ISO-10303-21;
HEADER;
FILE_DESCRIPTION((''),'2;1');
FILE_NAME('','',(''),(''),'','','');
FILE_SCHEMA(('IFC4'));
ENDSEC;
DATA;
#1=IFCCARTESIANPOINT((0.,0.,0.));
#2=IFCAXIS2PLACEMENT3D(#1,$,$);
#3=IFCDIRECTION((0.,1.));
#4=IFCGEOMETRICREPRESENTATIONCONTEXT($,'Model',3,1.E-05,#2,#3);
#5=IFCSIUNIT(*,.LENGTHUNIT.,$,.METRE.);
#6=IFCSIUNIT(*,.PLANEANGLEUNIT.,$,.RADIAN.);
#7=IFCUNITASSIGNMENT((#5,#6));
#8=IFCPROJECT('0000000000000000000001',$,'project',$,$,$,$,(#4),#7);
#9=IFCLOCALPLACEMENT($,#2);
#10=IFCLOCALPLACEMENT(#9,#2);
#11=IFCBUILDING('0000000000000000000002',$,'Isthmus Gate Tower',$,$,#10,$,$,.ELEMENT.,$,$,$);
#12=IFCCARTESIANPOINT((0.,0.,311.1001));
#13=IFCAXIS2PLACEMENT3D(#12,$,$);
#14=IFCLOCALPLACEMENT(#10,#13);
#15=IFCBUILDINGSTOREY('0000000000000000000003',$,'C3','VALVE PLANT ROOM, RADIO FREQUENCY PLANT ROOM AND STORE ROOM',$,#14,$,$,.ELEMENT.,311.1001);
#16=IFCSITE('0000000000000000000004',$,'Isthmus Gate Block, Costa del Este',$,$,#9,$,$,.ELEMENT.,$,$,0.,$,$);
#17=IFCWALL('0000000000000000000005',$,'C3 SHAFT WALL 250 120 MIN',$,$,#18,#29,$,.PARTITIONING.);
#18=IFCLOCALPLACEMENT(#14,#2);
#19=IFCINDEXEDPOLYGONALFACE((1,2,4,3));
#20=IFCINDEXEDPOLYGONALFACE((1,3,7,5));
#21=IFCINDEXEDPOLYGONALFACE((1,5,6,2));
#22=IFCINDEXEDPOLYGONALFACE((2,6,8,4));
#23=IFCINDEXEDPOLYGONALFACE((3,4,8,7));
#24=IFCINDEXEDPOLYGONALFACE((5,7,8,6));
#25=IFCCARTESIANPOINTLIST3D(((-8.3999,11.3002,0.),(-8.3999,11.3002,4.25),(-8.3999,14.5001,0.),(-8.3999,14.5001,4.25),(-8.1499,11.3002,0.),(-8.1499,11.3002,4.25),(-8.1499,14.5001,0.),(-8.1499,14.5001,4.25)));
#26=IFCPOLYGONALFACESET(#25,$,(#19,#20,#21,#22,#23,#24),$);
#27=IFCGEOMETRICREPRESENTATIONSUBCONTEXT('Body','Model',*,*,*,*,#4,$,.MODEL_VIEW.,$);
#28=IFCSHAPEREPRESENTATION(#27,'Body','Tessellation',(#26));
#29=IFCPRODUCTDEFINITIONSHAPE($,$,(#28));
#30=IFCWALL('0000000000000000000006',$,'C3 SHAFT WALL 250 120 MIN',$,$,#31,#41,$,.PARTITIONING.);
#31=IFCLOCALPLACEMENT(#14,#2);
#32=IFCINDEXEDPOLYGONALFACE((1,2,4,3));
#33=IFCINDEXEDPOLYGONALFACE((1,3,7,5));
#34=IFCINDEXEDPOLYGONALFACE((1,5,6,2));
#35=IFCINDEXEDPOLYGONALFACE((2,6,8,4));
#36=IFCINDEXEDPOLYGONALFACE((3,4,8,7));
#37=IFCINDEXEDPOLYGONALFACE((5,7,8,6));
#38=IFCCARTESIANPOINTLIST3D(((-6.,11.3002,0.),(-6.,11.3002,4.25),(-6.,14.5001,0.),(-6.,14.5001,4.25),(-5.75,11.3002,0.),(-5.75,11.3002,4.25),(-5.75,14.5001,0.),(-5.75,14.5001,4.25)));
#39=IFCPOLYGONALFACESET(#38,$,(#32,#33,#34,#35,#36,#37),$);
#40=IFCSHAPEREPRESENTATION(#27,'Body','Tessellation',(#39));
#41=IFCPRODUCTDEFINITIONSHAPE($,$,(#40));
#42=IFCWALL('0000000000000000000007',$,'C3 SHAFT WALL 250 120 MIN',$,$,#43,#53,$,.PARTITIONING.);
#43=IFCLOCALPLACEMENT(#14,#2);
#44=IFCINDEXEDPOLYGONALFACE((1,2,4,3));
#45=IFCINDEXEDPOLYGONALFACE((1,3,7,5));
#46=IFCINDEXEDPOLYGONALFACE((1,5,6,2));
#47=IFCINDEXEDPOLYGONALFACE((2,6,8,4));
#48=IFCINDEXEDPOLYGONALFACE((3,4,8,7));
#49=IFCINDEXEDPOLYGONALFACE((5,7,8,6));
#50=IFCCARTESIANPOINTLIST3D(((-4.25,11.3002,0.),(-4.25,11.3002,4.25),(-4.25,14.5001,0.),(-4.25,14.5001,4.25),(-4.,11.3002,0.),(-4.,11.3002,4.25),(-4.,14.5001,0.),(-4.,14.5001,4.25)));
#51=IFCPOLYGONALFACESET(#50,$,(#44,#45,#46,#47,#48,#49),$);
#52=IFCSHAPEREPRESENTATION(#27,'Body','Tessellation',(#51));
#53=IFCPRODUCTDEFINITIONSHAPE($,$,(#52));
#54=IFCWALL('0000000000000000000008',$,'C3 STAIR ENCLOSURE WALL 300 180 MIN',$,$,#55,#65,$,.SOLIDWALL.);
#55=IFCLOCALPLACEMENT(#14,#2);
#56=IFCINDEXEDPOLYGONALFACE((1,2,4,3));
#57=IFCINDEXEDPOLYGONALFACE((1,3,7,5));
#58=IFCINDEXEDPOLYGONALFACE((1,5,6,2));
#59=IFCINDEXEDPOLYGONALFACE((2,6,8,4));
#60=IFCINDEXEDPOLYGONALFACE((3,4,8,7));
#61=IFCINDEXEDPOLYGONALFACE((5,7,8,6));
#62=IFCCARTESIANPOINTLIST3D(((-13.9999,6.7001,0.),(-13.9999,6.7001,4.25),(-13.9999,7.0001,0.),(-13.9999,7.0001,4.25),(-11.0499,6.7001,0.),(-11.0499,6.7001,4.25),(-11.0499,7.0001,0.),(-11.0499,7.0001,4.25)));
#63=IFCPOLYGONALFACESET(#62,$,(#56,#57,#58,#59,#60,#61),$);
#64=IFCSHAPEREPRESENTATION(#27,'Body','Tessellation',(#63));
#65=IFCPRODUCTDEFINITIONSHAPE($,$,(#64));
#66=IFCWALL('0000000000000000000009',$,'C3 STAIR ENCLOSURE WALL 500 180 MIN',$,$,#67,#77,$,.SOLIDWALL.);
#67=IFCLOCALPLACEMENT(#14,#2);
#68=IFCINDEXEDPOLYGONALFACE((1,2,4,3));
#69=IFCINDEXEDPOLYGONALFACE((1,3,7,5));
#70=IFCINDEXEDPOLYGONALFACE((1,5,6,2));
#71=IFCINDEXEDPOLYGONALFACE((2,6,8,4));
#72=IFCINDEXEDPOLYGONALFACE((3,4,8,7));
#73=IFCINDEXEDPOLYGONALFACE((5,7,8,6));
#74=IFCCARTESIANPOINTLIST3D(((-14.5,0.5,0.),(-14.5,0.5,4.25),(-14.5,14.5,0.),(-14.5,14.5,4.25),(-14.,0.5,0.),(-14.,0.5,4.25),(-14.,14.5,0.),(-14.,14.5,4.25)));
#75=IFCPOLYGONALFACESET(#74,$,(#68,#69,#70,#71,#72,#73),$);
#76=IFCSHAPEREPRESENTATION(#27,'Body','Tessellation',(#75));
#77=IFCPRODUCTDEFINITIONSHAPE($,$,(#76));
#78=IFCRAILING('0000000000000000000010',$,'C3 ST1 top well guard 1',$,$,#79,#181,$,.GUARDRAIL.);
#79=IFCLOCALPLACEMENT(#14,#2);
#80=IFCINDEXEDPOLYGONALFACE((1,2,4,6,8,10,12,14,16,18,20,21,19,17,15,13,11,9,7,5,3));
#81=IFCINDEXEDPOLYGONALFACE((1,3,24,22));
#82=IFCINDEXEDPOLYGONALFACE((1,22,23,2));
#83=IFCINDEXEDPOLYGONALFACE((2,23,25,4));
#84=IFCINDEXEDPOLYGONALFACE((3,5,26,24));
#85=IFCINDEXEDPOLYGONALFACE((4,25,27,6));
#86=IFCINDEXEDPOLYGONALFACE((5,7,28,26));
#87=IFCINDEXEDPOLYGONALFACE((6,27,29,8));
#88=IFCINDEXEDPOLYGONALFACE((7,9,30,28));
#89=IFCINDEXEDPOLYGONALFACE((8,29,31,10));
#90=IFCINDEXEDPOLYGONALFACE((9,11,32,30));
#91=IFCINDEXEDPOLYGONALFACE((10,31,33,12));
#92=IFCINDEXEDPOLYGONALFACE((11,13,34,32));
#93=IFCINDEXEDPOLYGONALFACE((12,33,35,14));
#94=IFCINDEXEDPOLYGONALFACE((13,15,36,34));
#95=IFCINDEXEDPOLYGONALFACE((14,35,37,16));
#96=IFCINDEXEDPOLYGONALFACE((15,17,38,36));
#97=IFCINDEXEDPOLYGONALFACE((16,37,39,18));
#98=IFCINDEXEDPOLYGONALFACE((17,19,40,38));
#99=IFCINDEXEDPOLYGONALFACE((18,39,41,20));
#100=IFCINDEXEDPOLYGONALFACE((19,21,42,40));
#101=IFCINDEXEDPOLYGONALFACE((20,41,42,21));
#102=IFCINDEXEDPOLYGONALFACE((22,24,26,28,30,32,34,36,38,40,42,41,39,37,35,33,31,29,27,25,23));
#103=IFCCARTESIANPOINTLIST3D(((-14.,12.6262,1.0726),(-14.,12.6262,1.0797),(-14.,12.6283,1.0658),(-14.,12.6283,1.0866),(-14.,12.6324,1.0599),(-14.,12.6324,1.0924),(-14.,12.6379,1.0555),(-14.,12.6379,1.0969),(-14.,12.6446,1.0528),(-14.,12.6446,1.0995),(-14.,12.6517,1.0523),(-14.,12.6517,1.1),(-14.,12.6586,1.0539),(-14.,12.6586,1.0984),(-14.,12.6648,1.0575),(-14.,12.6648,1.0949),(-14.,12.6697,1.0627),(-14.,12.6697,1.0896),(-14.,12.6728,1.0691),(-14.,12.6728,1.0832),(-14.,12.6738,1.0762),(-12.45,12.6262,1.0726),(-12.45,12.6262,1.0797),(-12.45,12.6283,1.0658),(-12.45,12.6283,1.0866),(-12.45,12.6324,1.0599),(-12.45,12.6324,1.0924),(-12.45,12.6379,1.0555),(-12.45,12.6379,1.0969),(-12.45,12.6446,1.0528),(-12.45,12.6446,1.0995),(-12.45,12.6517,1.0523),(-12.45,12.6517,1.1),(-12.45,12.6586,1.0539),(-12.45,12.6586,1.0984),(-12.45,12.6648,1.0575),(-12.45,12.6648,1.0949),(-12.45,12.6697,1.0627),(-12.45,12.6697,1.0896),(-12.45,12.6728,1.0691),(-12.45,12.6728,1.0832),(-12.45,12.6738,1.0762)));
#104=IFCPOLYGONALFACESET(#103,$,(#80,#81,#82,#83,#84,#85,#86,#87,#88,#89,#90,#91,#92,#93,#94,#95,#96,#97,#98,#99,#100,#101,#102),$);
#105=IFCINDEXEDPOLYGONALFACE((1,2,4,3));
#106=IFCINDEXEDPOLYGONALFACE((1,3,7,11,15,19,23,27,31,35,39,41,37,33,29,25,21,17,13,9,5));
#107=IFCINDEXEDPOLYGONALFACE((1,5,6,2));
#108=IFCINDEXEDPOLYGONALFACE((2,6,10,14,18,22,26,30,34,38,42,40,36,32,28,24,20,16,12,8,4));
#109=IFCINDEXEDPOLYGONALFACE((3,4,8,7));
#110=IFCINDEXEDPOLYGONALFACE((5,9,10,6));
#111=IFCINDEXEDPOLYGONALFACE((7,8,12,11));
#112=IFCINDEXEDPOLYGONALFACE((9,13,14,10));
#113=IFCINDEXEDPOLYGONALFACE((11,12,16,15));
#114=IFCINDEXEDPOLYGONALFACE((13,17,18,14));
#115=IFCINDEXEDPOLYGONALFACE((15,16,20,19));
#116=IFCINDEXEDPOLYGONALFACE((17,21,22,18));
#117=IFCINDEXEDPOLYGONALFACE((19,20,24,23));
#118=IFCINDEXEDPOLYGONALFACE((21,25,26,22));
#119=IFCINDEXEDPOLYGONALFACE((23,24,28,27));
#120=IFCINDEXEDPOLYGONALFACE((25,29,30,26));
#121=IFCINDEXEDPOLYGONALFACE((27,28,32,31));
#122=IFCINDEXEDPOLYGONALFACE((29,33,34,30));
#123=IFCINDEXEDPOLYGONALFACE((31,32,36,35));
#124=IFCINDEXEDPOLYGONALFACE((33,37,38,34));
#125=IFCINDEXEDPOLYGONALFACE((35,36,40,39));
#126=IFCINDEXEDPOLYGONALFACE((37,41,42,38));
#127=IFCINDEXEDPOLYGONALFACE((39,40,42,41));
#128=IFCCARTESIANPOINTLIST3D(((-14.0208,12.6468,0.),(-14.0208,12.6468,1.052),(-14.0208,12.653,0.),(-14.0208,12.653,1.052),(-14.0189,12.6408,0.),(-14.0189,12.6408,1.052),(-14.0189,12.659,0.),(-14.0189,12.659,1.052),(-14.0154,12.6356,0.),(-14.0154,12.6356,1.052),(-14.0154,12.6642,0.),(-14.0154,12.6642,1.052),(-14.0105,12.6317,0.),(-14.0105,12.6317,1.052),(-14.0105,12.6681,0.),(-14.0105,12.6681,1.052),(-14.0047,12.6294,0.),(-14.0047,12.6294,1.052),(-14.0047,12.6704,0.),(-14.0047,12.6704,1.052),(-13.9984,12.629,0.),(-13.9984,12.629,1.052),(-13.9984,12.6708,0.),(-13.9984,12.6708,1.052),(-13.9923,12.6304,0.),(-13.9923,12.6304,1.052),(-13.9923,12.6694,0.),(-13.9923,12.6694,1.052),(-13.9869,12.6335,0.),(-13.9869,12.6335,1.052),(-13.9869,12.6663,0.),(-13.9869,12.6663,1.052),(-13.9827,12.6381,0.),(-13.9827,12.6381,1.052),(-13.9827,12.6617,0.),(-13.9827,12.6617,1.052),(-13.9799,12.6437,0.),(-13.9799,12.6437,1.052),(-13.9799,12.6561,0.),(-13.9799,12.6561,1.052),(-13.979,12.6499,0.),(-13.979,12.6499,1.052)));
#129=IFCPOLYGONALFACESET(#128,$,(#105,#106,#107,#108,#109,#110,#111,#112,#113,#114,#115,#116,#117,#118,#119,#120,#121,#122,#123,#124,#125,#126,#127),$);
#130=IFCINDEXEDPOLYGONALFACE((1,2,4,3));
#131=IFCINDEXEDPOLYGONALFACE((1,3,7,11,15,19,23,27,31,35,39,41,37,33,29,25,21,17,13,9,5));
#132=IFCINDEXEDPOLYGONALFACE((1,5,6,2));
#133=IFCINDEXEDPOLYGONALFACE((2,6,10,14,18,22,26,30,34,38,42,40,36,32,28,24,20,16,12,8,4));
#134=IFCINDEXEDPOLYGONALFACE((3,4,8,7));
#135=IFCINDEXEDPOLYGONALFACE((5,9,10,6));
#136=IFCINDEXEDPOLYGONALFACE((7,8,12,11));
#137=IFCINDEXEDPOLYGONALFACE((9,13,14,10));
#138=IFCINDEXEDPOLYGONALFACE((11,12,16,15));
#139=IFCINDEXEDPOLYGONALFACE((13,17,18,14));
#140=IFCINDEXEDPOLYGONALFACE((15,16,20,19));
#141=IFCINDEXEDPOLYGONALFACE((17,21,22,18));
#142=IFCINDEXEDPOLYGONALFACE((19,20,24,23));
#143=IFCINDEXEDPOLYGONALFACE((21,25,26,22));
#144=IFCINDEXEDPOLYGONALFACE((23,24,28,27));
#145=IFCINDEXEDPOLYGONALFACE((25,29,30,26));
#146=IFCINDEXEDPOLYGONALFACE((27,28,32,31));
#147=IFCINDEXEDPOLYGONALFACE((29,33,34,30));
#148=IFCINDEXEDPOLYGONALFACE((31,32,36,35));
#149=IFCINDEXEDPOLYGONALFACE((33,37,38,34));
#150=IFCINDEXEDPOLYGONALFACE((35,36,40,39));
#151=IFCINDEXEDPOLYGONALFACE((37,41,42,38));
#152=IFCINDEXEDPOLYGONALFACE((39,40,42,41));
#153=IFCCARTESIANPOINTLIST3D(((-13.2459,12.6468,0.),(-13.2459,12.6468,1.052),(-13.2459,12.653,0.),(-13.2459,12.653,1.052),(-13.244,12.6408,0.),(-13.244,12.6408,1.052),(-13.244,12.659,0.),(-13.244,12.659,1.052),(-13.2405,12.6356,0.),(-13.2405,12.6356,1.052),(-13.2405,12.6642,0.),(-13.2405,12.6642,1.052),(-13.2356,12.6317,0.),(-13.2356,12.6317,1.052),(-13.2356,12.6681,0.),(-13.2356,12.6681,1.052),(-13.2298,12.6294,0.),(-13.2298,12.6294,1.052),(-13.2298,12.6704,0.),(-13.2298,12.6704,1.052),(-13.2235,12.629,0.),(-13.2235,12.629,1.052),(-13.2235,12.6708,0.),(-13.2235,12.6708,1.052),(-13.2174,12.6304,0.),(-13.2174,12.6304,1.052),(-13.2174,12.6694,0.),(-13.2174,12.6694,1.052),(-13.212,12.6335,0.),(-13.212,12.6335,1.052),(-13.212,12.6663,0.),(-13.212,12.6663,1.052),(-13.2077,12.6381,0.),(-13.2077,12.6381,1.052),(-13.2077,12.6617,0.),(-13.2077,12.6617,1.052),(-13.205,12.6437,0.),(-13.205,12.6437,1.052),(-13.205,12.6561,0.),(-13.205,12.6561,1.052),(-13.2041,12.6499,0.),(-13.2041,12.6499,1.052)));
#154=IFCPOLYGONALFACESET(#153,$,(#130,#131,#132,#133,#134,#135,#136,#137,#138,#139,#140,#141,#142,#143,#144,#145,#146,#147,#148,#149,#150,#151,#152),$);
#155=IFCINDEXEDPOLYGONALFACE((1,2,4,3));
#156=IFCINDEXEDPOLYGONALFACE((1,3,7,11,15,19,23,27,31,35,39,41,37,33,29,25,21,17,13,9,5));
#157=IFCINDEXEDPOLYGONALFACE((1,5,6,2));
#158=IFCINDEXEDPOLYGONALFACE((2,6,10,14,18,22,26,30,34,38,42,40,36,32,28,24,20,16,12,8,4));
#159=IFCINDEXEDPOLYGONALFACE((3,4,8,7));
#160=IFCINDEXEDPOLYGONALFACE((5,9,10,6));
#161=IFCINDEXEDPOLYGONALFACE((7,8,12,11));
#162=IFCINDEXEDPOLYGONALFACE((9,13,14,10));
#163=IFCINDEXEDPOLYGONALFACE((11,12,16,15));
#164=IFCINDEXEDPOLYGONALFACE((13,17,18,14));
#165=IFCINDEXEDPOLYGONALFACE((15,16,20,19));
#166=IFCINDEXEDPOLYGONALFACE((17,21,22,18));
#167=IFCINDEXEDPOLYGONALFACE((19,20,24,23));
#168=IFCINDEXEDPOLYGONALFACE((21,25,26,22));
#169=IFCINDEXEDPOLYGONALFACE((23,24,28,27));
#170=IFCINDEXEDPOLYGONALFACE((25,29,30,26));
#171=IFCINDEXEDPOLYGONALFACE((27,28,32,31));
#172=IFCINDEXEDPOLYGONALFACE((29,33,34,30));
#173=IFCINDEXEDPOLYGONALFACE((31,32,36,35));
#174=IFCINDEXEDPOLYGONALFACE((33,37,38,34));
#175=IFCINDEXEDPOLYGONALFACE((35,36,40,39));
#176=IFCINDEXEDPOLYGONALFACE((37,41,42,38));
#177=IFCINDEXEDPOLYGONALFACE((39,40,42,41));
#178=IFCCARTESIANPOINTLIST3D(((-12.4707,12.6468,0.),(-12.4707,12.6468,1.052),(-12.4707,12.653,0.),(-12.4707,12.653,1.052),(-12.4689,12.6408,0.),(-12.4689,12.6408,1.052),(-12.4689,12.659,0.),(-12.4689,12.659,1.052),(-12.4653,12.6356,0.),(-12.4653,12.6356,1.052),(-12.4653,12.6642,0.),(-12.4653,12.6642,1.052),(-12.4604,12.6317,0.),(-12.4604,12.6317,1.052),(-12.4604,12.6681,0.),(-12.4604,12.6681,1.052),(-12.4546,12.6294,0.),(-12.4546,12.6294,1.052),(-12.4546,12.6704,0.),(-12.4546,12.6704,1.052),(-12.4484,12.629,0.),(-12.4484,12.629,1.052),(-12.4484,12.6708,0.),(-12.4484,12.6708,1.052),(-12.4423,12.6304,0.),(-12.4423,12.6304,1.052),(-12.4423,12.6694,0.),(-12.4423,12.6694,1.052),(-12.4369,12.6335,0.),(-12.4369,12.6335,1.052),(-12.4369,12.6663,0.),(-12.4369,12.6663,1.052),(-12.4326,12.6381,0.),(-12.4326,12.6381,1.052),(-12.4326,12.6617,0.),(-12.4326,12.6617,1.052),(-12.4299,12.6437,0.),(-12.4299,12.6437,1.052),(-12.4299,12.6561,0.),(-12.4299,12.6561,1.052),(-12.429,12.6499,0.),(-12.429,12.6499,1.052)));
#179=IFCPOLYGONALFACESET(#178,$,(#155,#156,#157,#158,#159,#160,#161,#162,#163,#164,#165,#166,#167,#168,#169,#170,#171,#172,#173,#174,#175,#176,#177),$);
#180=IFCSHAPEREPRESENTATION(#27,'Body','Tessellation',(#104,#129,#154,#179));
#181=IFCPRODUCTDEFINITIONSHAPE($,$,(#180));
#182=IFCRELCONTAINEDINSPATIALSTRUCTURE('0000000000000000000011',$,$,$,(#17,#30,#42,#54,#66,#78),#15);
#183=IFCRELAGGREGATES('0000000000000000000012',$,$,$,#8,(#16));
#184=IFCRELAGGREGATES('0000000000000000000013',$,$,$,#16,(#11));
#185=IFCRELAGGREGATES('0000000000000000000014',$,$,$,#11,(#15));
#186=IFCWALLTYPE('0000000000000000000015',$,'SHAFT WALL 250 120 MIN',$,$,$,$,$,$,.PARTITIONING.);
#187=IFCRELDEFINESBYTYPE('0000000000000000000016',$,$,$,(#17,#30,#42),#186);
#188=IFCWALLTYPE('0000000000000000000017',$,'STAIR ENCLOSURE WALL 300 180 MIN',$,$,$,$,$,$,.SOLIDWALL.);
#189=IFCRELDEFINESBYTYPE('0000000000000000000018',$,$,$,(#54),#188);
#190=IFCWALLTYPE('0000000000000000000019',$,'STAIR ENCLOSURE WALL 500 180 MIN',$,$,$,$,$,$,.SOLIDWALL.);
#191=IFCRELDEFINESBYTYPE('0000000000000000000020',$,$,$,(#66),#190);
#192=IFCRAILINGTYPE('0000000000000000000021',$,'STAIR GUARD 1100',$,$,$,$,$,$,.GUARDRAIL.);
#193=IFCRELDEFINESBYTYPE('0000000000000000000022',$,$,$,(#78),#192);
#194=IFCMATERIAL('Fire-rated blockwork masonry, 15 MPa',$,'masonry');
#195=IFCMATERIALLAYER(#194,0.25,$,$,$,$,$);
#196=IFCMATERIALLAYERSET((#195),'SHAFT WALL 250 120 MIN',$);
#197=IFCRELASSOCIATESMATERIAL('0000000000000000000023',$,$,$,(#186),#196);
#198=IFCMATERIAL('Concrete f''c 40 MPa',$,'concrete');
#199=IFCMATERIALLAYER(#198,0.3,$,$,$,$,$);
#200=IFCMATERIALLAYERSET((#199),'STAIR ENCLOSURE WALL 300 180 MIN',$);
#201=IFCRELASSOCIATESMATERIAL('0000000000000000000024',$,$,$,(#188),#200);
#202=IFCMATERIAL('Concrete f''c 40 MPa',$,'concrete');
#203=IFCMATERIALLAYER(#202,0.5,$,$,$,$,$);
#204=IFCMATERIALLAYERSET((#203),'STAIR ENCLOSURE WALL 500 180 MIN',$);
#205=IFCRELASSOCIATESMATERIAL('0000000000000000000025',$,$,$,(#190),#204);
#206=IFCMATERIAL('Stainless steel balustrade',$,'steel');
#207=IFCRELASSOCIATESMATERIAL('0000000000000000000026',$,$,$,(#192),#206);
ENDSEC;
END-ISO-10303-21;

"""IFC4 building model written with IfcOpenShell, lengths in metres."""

from ifc_helpers import new_model, si_unit, direction, frame, frame_2d, origin, origin_2d, place, context, subcontext, project, spatial, rectangle, circle, extrude, material, layer, layer_set, type_object, element, save


model = new_model("IFC4")

# Units and contexts
model_context = context("Model", 3, precision=1e-05, world=origin(), true_north=direction((0.0, 1.0)))
body_context = subcontext(model_context, "Body", "Model", "MODEL_VIEW")
ifc_project = project(units=[si_unit("LENGTHUNIT", "METRE"), si_unit("PLANEANGLEUNIT", "RADIAN")], contexts=[model_context])

# Site, building, storey
site_placement = place(None, origin())
site = spatial("IfcSite", under=ifc_project, at=site_placement, Name="Isthmus Gate Block, Costa del Este", CompositionType="ELEMENT", RefElevation=0.0)
building_placement = place(site_placement, origin())
building = spatial("IfcBuilding", under=site, at=building_placement, Name="Isthmus Gate Tower", CompositionType="ELEMENT")
storey_placement = place(building_placement, frame((0.0, 0.0, 311.1001)))
storey = spatial("IfcBuildingStorey", under=building, at=storey_placement, Name="C3", Description="VALVE PLANT ROOM, RADIO FREQUENCY PLANT ROOM AND STORE ROOM", CompositionType="ELEMENT", Elevation=311.1001)

# Walls
ifc_material_1 = material(Name="Fire-rated blockwork masonry, 15 MPa", Category="masonry")
ifc_layer_1 = layer(ifc_material_1, 0.25)
ifc_layer_set_1 = layer_set([ifc_layer_1], Name="SHAFT WALL 250 120 MIN")
wall_type_1 = type_object("IfcWallType", Name="SHAFT WALL 250 120 MIN", PredefinedType="PARTITIONING", material=ifc_layer_set_1)
for number, where, z_axis, x_axis, name in (
    (1, (-8.2749, 11.3, 0.0), (0.0, 0.0, 1.0), (0.0, 1.0, 0.0), "C3 SHAFT WALL 250 120 MIN"),
    (2, (-5.875, 11.3, 0.0), (0.0, 0.0, 1.0), (0.0, 1.0, 0.0), "C3 SHAFT WALL 250 120 MIN"),
    (3, (-4.125, 11.3, 0.0), (0.0, 0.0, 1.0), (0.0, 1.0, 0.0), "C3 SHAFT WALL 250 120 MIN"),
):
    element("IfcWall", number, at=place(storey_placement, frame(where, z_axis=z_axis, x_axis=x_axis)), inside=storey, type_object=wall_type_1, Name=name, PredefinedType="PARTITIONING", context=body_context, shape_type="SweptSolid", body=[
        extrude(rectangle(XDim=3.2, YDim=0.25, at=frame_2d((1.6001, 0.0))), origin(), (0.0, 0.0, 1.0), 4.25),
    ])
ifc_material_2 = material(Name="Concrete f'c 40 MPa", Category="concrete")
ifc_layer_2 = layer(ifc_material_2, 0.3)
ifc_layer_set_2 = layer_set([ifc_layer_2], Name="STAIR ENCLOSURE WALL 300 180 MIN")
wall_type_2 = type_object("IfcWallType", Name="STAIR ENCLOSURE WALL 300 180 MIN", PredefinedType="SOLIDWALL", material=ifc_layer_set_2)
wall_1_placement = place(storey_placement, frame((-14.0, 6.8501, 0.0), z_axis=(0.0, 0.0, 1.0), x_axis=(1.0, 0.0, 0.0)))
element("IfcWall", 4, at=wall_1_placement, inside=storey, type_object=wall_type_2, Name="C3 STAIR ENCLOSURE WALL 300 180 MIN", PredefinedType="SOLIDWALL", context=body_context, shape_type="SweptSolid", body=[
    extrude(rectangle(XDim=2.95, YDim=0.3, at=frame_2d((1.4751, 0.0))), origin(), (0.0, 0.0, 1.0), 4.25),
])
ifc_material_3 = material(Name="Concrete f'c 40 MPa", Category="concrete")
ifc_layer_3 = layer(ifc_material_3, 0.5)
ifc_layer_set_3 = layer_set([ifc_layer_3], Name="STAIR ENCLOSURE WALL 500 180 MIN")
wall_type_3 = type_object("IfcWallType", Name="STAIR ENCLOSURE WALL 500 180 MIN", PredefinedType="SOLIDWALL", material=ifc_layer_set_3)
wall_2_placement = place(storey_placement, frame((-14.25, 0.5, 0.0), z_axis=(0.0, 0.0, 1.0), x_axis=(0.0, 1.0, 0.0)))
element("IfcWall", 5, at=wall_2_placement, inside=storey, type_object=wall_type_3, Name="C3 STAIR ENCLOSURE WALL 500 180 MIN", PredefinedType="SOLIDWALL", context=body_context, shape_type="SweptSolid", body=[
    extrude(rectangle(XDim=14.0, YDim=0.5, at=frame_2d((7.0, 0.0))), origin(), (0.0, 0.0, 1.0), 4.25),
])

# Railing
ifc_material_4 = material(Name="Stainless steel balustrade", Category="steel")
railing_type = type_object("IfcRailingType", Name="STAIR GUARD 1100", PredefinedType="GUARDRAIL", material=ifc_material_4)
railing_placement = place(storey_placement, frame((-14.0, 12.6499, 0.0)))
element("IfcRailing", 6, at=railing_placement, inside=storey, type_object=railing_type, Name="C3 ST1 top well guard 1", PredefinedType="GUARDRAIL", context=body_context, shape_type="SweptSolid", body=[
    extrude(circle(Radius=0.0239, at=origin_2d()), frame((0.0, 0.0, 1.0762), z_axis=(1.0, 0.0, 0.0), x_axis=(0.0, 1.0, 0.0)), (0.0, 0.0, 1.0), 1.55),
    extrude(circle(Radius=0.021, at=origin_2d()), origin(), (0.0, 0.0, 1.0), 1.052),
    extrude(circle(Radius=0.021, at=origin_2d()), frame((0.7749, 0.0, 0.0)), (0.0, 0.0, 1.0), 1.052),
    extrude(circle(Radius=0.021, at=origin_2d()), frame((1.55, 0.0, 0.0)), (0.0, 0.0, 1.0), 1.052),
])

save(model, "model.ifc")
